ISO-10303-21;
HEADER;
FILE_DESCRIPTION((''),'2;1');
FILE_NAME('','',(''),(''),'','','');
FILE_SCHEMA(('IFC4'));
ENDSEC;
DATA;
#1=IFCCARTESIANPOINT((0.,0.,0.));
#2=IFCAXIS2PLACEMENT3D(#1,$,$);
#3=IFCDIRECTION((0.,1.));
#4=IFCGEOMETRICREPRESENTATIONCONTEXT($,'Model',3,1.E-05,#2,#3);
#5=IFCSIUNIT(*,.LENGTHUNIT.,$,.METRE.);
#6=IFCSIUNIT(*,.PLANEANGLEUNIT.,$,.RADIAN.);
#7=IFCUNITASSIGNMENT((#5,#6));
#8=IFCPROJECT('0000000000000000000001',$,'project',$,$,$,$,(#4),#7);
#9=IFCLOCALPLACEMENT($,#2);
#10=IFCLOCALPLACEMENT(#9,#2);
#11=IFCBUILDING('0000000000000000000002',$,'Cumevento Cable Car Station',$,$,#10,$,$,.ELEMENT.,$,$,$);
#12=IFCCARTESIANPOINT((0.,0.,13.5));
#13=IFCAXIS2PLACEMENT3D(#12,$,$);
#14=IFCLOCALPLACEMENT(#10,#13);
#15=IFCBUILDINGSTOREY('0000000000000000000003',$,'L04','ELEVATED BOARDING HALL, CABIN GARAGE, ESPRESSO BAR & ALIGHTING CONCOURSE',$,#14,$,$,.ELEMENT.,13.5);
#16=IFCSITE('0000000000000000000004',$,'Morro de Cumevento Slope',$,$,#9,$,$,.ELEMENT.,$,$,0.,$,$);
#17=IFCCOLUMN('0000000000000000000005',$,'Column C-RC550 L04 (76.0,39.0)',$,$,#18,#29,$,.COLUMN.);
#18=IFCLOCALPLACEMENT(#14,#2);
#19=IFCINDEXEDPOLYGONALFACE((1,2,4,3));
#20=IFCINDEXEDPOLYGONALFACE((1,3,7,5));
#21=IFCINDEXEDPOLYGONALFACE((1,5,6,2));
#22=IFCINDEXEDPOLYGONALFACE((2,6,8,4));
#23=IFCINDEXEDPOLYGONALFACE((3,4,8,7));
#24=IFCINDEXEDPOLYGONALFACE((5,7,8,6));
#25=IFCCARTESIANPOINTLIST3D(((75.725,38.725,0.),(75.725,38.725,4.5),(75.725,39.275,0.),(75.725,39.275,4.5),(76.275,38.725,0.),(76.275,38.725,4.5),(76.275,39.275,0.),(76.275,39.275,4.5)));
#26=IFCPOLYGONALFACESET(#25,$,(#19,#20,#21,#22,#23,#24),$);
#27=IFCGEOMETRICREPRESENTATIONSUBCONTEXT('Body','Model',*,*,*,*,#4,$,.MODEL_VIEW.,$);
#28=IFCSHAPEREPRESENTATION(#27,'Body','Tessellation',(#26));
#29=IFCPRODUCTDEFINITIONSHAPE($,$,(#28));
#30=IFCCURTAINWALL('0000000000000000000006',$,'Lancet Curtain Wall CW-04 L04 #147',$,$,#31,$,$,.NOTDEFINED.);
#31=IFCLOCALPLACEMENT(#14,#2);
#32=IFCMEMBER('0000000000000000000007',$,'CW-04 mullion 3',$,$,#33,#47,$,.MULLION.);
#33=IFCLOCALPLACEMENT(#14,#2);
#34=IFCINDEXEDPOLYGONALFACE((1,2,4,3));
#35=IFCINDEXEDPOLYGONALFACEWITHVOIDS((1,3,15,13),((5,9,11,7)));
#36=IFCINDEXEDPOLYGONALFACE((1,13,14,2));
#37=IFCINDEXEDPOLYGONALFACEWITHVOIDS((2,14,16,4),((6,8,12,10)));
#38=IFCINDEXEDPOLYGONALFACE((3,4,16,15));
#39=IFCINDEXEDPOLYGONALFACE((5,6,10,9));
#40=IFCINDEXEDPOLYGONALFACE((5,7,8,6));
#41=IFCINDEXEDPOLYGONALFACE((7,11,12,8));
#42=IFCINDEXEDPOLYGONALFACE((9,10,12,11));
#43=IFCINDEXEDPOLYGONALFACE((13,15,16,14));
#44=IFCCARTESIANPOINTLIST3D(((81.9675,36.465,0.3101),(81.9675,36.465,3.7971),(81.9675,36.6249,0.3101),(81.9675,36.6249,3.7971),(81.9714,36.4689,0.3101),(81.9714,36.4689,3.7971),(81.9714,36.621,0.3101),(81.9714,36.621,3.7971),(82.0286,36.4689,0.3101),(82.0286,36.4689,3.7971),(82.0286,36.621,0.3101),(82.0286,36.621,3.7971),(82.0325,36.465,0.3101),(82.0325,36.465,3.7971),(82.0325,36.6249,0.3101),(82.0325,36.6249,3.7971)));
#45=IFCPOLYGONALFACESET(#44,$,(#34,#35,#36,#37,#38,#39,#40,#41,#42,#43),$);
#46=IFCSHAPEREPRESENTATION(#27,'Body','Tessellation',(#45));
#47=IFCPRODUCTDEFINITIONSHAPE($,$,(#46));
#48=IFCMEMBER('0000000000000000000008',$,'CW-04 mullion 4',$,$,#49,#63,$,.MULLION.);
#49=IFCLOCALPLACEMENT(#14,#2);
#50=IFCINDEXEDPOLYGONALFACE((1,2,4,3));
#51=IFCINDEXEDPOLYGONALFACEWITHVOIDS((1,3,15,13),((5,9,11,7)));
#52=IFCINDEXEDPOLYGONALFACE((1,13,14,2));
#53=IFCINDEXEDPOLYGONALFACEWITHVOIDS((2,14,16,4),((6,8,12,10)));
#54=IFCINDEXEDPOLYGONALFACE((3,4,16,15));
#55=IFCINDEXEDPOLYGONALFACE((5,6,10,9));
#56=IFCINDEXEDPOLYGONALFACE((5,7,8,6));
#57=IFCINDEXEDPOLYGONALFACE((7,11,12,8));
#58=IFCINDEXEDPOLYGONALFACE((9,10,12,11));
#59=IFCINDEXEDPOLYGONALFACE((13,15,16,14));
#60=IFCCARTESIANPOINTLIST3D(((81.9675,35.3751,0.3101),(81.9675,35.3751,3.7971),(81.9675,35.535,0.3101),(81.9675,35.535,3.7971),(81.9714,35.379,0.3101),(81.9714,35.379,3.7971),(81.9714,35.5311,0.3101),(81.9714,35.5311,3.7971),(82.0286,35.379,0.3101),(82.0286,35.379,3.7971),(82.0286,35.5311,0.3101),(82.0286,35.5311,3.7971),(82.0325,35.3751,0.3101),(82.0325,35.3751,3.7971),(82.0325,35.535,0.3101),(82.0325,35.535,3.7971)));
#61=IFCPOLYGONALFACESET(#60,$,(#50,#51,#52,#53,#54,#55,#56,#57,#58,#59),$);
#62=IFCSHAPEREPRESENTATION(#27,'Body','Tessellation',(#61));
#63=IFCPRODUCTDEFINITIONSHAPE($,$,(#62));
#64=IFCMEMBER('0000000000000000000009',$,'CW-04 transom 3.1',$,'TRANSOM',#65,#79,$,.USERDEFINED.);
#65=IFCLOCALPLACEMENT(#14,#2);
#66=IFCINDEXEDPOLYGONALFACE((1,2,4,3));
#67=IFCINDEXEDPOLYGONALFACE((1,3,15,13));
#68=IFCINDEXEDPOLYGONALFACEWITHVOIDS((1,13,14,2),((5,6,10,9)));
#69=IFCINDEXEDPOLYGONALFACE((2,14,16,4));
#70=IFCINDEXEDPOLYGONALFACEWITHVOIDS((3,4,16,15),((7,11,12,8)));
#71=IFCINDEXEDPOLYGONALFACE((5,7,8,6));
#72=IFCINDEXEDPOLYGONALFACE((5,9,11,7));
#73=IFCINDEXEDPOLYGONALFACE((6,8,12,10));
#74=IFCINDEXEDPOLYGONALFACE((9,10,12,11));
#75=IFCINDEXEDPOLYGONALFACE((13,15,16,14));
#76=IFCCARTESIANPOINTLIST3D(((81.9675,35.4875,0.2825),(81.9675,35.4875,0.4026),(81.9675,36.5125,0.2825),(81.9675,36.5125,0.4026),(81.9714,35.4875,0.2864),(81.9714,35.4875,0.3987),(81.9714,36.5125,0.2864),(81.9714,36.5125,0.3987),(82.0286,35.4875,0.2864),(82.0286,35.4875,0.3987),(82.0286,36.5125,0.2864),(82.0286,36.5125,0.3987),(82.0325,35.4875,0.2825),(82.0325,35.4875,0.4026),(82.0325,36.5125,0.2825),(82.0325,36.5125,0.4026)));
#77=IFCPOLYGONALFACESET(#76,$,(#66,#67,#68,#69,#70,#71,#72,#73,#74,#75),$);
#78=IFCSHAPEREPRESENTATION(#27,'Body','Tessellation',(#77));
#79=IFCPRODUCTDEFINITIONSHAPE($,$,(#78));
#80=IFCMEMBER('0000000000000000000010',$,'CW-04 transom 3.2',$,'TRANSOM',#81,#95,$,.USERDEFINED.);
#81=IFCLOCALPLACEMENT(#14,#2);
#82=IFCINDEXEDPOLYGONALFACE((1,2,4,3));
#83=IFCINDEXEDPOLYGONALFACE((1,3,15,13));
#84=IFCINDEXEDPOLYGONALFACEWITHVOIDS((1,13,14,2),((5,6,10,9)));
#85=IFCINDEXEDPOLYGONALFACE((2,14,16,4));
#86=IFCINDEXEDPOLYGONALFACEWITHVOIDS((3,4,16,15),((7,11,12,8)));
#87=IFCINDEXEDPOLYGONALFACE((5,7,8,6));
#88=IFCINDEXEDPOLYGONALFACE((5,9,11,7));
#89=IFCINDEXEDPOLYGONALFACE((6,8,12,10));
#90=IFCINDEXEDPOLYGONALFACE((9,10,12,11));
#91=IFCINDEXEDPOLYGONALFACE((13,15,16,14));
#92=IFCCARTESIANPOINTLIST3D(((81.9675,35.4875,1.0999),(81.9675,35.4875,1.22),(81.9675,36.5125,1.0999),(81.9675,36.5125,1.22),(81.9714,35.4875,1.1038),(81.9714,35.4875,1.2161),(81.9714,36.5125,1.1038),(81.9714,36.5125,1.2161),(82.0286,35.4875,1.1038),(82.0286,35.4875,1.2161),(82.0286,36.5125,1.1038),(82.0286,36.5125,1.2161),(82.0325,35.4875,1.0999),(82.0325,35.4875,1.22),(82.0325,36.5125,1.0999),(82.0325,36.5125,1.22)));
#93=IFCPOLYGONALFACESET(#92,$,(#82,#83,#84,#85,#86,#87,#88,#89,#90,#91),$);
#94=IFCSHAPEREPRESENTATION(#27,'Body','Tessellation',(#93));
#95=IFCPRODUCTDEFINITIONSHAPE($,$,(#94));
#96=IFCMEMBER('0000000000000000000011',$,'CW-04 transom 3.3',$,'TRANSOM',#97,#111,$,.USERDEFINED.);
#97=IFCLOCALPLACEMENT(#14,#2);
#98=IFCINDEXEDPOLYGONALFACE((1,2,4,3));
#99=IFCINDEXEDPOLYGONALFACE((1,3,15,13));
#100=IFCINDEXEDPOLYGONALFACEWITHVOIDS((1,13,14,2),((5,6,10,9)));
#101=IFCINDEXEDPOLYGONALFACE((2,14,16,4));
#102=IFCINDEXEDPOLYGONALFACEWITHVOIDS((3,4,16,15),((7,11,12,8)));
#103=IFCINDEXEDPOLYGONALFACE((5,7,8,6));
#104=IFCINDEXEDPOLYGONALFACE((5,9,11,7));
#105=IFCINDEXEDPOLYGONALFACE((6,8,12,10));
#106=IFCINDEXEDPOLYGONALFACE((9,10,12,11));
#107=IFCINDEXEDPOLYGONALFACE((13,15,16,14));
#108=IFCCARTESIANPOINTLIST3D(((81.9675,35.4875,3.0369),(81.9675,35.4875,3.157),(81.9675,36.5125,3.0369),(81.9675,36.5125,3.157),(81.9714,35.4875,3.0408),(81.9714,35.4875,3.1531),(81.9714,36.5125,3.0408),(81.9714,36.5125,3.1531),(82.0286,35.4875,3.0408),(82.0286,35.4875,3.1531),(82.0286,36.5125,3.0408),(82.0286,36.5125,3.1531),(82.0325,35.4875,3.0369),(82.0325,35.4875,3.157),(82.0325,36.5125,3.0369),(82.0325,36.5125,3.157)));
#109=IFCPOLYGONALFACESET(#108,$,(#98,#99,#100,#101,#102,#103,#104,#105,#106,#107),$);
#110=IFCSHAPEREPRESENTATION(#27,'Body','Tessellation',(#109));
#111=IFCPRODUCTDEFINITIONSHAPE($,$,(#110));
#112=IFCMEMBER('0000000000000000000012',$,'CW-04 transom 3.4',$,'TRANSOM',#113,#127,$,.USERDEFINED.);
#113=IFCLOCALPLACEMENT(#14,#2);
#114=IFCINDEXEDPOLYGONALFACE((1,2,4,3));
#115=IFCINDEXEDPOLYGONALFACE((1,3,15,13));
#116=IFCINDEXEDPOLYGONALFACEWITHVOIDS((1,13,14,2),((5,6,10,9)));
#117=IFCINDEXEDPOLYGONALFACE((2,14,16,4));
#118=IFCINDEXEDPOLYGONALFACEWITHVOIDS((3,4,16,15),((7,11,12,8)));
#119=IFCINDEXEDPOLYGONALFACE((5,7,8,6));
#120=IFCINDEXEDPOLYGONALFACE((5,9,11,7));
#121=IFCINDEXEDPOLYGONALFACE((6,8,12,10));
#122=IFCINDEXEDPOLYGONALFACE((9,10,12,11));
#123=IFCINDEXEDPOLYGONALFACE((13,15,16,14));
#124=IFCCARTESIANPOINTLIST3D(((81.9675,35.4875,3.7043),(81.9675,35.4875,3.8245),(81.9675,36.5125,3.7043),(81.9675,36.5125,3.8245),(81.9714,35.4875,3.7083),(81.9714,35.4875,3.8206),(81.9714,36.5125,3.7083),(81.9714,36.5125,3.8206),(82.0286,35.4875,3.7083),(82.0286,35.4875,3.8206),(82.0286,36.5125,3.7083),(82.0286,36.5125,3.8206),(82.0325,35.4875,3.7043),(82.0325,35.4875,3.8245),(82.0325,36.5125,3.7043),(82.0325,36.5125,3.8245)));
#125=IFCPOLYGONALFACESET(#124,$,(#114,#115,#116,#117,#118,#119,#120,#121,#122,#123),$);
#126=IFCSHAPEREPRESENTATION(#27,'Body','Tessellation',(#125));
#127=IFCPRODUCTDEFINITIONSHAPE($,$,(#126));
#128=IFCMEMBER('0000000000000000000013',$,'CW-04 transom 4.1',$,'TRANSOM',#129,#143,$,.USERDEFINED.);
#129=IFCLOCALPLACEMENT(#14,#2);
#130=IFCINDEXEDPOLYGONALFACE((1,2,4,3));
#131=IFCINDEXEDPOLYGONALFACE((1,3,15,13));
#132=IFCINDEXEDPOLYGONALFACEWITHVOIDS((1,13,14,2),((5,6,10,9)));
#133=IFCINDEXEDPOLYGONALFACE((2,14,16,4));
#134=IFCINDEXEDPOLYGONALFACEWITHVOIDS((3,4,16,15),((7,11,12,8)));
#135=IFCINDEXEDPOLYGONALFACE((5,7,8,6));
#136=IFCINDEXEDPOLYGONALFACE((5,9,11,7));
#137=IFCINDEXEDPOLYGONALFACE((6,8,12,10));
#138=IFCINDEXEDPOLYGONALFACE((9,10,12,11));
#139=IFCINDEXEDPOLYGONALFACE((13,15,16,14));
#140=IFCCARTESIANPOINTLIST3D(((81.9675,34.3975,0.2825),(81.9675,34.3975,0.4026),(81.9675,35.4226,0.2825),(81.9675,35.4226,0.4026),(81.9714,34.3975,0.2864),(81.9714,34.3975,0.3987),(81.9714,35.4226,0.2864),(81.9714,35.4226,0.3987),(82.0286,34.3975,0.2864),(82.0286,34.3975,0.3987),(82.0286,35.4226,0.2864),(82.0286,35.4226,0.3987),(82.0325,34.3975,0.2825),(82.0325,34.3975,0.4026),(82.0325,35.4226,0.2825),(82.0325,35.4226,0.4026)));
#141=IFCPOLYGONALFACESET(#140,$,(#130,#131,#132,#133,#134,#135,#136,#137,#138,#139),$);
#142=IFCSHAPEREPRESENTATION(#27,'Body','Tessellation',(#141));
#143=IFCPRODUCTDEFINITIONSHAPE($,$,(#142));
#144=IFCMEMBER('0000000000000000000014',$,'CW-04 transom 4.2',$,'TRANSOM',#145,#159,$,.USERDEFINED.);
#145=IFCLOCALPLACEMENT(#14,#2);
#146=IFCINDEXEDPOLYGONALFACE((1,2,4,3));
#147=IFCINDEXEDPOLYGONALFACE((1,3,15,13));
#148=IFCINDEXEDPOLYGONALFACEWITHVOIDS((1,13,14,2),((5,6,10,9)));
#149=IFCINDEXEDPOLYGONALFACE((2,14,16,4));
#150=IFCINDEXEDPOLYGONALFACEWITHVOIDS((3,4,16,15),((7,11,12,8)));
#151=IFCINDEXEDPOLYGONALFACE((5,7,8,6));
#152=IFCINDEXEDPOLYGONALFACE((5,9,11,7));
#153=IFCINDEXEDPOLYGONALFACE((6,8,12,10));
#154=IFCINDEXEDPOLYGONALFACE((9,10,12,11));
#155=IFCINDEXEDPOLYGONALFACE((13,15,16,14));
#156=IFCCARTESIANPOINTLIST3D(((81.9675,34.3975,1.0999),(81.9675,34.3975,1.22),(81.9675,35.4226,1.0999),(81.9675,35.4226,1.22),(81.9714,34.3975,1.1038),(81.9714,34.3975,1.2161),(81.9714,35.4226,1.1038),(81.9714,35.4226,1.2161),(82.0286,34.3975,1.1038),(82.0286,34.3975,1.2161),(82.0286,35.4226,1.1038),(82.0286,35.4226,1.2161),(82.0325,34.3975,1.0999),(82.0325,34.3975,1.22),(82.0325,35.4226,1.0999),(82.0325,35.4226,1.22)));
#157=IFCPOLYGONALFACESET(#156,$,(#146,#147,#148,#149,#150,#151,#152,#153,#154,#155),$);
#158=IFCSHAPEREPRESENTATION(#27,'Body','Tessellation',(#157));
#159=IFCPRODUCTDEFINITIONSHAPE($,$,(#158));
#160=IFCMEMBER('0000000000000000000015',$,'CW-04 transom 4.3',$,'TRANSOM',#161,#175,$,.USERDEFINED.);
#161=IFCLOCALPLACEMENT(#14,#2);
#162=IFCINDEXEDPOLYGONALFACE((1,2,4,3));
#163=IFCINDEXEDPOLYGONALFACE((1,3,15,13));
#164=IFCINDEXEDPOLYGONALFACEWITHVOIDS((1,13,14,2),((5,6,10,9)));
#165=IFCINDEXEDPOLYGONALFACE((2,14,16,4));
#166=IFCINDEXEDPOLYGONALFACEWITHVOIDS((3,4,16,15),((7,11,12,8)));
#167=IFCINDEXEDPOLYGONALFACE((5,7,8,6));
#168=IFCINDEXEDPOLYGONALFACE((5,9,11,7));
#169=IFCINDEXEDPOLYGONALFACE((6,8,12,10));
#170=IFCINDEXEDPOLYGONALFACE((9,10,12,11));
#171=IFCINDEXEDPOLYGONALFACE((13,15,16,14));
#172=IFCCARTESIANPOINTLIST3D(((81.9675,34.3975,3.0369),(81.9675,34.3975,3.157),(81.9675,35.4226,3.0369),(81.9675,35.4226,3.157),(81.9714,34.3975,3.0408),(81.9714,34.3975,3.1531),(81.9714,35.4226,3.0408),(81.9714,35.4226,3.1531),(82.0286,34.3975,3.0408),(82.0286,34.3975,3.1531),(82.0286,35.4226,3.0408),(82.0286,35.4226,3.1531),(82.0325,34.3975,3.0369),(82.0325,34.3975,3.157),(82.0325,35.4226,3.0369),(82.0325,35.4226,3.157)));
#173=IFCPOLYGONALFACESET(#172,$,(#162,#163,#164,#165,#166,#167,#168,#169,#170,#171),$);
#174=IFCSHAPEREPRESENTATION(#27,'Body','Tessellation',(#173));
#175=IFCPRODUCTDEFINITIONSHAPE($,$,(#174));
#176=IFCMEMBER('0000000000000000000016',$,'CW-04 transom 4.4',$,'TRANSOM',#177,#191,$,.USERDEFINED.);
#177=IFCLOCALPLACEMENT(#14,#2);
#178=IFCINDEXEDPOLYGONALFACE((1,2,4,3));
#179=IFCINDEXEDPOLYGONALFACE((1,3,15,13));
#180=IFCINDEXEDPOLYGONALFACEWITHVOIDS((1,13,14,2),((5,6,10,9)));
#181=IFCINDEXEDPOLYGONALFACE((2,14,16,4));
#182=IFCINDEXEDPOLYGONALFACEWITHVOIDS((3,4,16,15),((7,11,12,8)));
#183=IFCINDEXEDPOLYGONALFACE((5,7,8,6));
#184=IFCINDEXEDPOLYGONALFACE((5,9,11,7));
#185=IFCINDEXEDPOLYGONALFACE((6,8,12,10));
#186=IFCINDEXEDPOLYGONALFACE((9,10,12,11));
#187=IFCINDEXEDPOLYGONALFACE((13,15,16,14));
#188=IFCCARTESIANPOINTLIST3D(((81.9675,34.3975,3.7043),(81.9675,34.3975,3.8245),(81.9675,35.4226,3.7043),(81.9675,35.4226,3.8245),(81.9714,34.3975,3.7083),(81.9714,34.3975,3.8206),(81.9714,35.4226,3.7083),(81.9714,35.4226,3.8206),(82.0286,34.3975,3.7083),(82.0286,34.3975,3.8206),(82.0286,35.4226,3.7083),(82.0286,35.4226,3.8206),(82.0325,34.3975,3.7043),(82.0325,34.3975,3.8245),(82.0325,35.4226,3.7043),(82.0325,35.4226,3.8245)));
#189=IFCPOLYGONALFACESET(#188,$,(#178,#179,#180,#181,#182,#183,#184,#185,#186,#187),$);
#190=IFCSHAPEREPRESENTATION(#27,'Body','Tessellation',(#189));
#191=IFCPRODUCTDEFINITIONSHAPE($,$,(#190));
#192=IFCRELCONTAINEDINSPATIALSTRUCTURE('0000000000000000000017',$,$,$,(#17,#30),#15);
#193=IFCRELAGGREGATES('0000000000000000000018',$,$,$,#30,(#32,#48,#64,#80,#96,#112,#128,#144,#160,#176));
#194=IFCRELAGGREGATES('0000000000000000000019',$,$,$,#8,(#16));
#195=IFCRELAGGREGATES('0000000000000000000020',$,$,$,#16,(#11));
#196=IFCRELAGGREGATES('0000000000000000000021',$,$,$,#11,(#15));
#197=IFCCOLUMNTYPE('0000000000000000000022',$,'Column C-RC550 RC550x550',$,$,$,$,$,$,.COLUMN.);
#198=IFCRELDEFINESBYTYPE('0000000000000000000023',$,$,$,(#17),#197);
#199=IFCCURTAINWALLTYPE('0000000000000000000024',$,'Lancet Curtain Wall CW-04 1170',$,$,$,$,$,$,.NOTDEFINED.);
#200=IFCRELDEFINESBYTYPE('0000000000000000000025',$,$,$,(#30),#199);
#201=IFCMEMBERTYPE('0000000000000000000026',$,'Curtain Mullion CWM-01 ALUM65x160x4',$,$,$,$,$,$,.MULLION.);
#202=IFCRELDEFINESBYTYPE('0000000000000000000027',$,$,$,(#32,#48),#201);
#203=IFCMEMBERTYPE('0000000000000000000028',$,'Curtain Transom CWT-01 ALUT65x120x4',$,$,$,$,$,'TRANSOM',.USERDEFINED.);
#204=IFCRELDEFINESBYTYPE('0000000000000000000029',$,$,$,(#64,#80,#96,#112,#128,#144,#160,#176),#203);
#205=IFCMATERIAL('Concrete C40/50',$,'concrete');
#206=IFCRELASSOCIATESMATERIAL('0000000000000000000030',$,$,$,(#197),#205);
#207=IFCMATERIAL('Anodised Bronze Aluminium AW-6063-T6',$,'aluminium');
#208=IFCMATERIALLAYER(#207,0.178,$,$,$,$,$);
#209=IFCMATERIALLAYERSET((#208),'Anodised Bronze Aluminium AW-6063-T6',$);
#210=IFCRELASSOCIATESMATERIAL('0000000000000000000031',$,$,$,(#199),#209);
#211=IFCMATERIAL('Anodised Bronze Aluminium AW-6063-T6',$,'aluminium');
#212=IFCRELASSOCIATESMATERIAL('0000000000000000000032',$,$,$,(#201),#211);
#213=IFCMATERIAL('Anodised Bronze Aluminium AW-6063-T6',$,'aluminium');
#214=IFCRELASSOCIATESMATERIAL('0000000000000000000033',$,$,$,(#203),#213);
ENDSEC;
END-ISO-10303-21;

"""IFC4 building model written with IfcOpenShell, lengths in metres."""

from ifc_helpers import new_model, si_unit, direction, frame, origin, origin_2d, place, context, subcontext, project, spatial, rectangle, hollow_rectangle, extrude, material, layer, layer_set, material_profile, profile_set, type_object, element, aggregate, save


model = new_model("IFC4")

# Units and contexts
model_context = context("Model", 3, precision=1e-05, world=origin(), true_north=direction((0.0, 1.0)))
body_context = subcontext(model_context, "Body", "Model", "MODEL_VIEW")
ifc_project = project(units=[si_unit("LENGTHUNIT", "METRE"), si_unit("PLANEANGLEUNIT", "RADIAN")], contexts=[model_context])

# Site, building, storey
site_placement = place(None, origin())
site = spatial("IfcSite", under=ifc_project, at=site_placement, Name="Morro de Cumevento Slope", CompositionType="ELEMENT", RefElevation=0.0)
building_placement = place(site_placement, origin())
building = spatial("IfcBuilding", under=site, at=building_placement, Name="Cumevento Cable Car Station", CompositionType="ELEMENT")
storey_placement = place(building_placement, frame((0.0, 0.0, 13.5)))
storey = spatial("IfcBuildingStorey", under=building, at=storey_placement, Name="L04", Description="ELEVATED BOARDING HALL, CABIN GARAGE, ESPRESSO BAR & ALIGHTING CONCOURSE", CompositionType="ELEMENT", Elevation=13.5)

# Column
ifc_material_1 = material(Name="Concrete C40/50", Category="concrete")
ifc_material_profile_1 = material_profile(ifc_material_1, rectangle(XDim=0.55, YDim=0.55, at=origin_2d()), Name="RC550x550")
ifc_profile_set_1 = profile_set([ifc_material_profile_1], Name="Concrete C40/50")
column_type = type_object("IfcColumnType", Name="Column C-RC550 RC550x550", PredefinedType="COLUMN", material=ifc_profile_set_1)
column_placement = place(storey_placement, frame((76.0, 39.0, 0.0), z_axis=(0.0, 0.0, 1.0), x_axis=(1.0, 0.0, 0.0)))
element("IfcColumn", 1, at=column_placement, inside=storey, type_object=column_type, Name="Column C-RC550 L04 (76.0,39.0)", PredefinedType="COLUMN", context=body_context, shape_type="SweptSolid", body=[
    extrude(rectangle(XDim=0.55, YDim=0.55, at=origin_2d()), origin(), (0.0, 0.0, 1.0), 4.5),
])

# Curtain wall, members
ifc_material_2 = material(Name="Anodised Bronze Aluminium AW-6063-T6", Category="aluminium")
ifc_layer_1 = layer(ifc_material_2, 0.178)
ifc_layer_set_1 = layer_set([ifc_layer_1], Name="Anodised Bronze Aluminium AW-6063-T6")
curtain_wall_type = type_object("IfcCurtainWallType", Name="Lancet Curtain Wall CW-04 1170", PredefinedType="NOTDEFINED", material=ifc_layer_set_1)
curtain_wall_placement = place(storey_placement, origin())
curtain_wall = element("IfcCurtainWall", 2, at=curtain_wall_placement, inside=storey, type_object=curtain_wall_type, Name="Lancet Curtain Wall CW-04 L04 #147", PredefinedType="NOTDEFINED")
ifc_material_3 = material(Name="Anodised Bronze Aluminium AW-6063-T6", Category="aluminium")
ifc_material_profile_2 = material_profile(ifc_material_3, hollow_rectangle(XDim=0.0649, YDim=0.1599, WallThickness=0.0039, at=origin_2d()), Name="ALUM65x160x4")
ifc_profile_set_2 = profile_set([ifc_material_profile_2], Name="Anodised Bronze Aluminium AW-6063-T6")
member_type_1 = type_object("IfcMemberType", Name="Curtain Mullion CWM-01 ALUM65x160x4", PredefinedType="MULLION", material=ifc_profile_set_2)
member_1_placement = place(storey_placement, frame((82.0, 36.5449, 0.3101), z_axis=(0.0, 0.0, 1.0), x_axis=(1.0, 0.0, 0.0)))
member_1 = element("IfcMember", 3, at=member_1_placement, type_object=member_type_1, Name="CW-04 mullion 3", PredefinedType="MULLION", context=body_context, shape_type="SweptSolid", body=[
    extrude(hollow_rectangle(XDim=0.0649, YDim=0.1599, WallThickness=0.0039, at=origin_2d()), origin(), (0.0, 0.0, 1.0), 3.4871),
])
member_2_placement = place(storey_placement, frame((82.0, 35.4551, 0.3101), z_axis=(0.0, 0.0, 1.0), x_axis=(1.0, 0.0, 0.0)))
member_2 = element("IfcMember", 4, at=member_2_placement, type_object=member_type_1, Name="CW-04 mullion 4", PredefinedType="MULLION", context=body_context, shape_type="SweptSolid", body=[
    extrude(hollow_rectangle(XDim=0.0649, YDim=0.1599, WallThickness=0.0039, at=origin_2d()), origin(), (0.0, 0.0, 1.0), 3.4871),
])
ifc_material_4 = material(Name="Anodised Bronze Aluminium AW-6063-T6", Category="aluminium")
ifc_material_profile_3 = material_profile(ifc_material_4, hollow_rectangle(XDim=0.0649, YDim=0.1201, WallThickness=0.0039, at=origin_2d()), Name="ALUT65x120x4")
ifc_profile_set_3 = profile_set([ifc_material_profile_3], Name="Anodised Bronze Aluminium AW-6063-T6")
member_type_2 = type_object("IfcMemberType", Name="Curtain Transom CWT-01 ALUT65x120x4", ElementType="TRANSOM", PredefinedType="USERDEFINED", material=ifc_profile_set_3)
member_3_placement = place(storey_placement, frame((82.0, 36.5125, 0.3425), z_axis=(0.0, -1.0, 0.0), x_axis=(1.0, 0.0, 0.0)))
member_3 = element("IfcMember", 5, at=member_3_placement, type_object=member_type_2, Name="CW-04 transom 3.1", ObjectType="TRANSOM", PredefinedType="USERDEFINED", context=body_context, shape_type="SweptSolid", body=[
    extrude(hollow_rectangle(XDim=0.0649, YDim=0.1201, WallThickness=0.0039, at=origin_2d()), origin(), (0.0, 0.0, 1.0), 1.0249),
])
member_4_placement = place(storey_placement, frame((82.0, 36.5125, 1.1599), z_axis=(0.0, -1.0, 0.0), x_axis=(1.0, 0.0, 0.0)))
member_4 = element("IfcMember", 6, at=member_4_placement, type_object=member_type_2, Name="CW-04 transom 3.2", ObjectType="TRANSOM", PredefinedType="USERDEFINED", context=body_context, shape_type="SweptSolid", body=[
    extrude(hollow_rectangle(XDim=0.0649, YDim=0.1201, WallThickness=0.0039, at=origin_2d()), origin(), (0.0, 0.0, 1.0), 1.0249),
])
member_5_placement = place(storey_placement, frame((82.0, 36.5125, 3.0969), z_axis=(0.0, -1.0, 0.0), x_axis=(1.0, 0.0, 0.0)))
member_5 = element("IfcMember", 7, at=member_5_placement, type_object=member_type_2, Name="CW-04 transom 3.3", ObjectType="TRANSOM", PredefinedType="USERDEFINED", context=body_context, shape_type="SweptSolid", body=[
    extrude(hollow_rectangle(XDim=0.0649, YDim=0.1201, WallThickness=0.0039, at=origin_2d()), origin(), (0.0, 0.0, 1.0), 1.0249),
])
member_6_placement = place(storey_placement, frame((82.0, 36.5125, 3.7644), z_axis=(0.0, -1.0, 0.0), x_axis=(1.0, 0.0, 0.0)))
member_6 = element("IfcMember", 8, at=member_6_placement, type_object=member_type_2, Name="CW-04 transom 3.4", ObjectType="TRANSOM", PredefinedType="USERDEFINED", context=body_context, shape_type="SweptSolid", body=[
    extrude(hollow_rectangle(XDim=0.0649, YDim=0.1201, WallThickness=0.0039, at=origin_2d()), origin(), (0.0, 0.0, 1.0), 1.0249),
])
member_7_placement = place(storey_placement, frame((82.0, 35.4226, 0.3425), z_axis=(0.0, -1.0, 0.0), x_axis=(1.0, 0.0, 0.0)))
member_7 = element("IfcMember", 9, at=member_7_placement, type_object=member_type_2, Name="CW-04 transom 4.1", ObjectType="TRANSOM", PredefinedType="USERDEFINED", context=body_context, shape_type="SweptSolid", body=[
    extrude(hollow_rectangle(XDim=0.0649, YDim=0.1201, WallThickness=0.0039, at=origin_2d()), origin(), (0.0, 0.0, 1.0), 1.0251),
])
member_8_placement = place(storey_placement, frame((82.0, 35.4226, 1.1599), z_axis=(0.0, -1.0, 0.0), x_axis=(1.0, 0.0, 0.0)))
member_8 = element("IfcMember", 10, at=member_8_placement, type_object=member_type_2, Name="CW-04 transom 4.2", ObjectType="TRANSOM", PredefinedType="USERDEFINED", context=body_context, shape_type="SweptSolid", body=[
    extrude(hollow_rectangle(XDim=0.0649, YDim=0.1201, WallThickness=0.0039, at=origin_2d()), origin(), (0.0, 0.0, 1.0), 1.0251),
])
member_9_placement = place(storey_placement, frame((82.0, 35.4226, 3.0969), z_axis=(0.0, -1.0, 0.0), x_axis=(1.0, 0.0, 0.0)))
member_9 = element("IfcMember", 11, at=member_9_placement, type_object=member_type_2, Name="CW-04 transom 4.3", ObjectType="TRANSOM", PredefinedType="USERDEFINED", context=body_context, shape_type="SweptSolid", body=[
    extrude(hollow_rectangle(XDim=0.0649, YDim=0.1201, WallThickness=0.0039, at=origin_2d()), origin(), (0.0, 0.0, 1.0), 1.0251),
])
member_10_placement = place(storey_placement, frame((82.0, 35.4226, 3.7644), z_axis=(0.0, -1.0, 0.0), x_axis=(1.0, 0.0, 0.0)))
member_10 = element("IfcMember", 12, at=member_10_placement, type_object=member_type_2, Name="CW-04 transom 4.4", ObjectType="TRANSOM", PredefinedType="USERDEFINED", context=body_context, shape_type="SweptSolid", body=[
    extrude(hollow_rectangle(XDim=0.0649, YDim=0.1201, WallThickness=0.0039, at=origin_2d()), origin(), (0.0, 0.0, 1.0), 1.0251),
])

aggregate(curtain_wall, [member_1, member_2, member_3, member_4, member_5, member_6, member_7, member_8, member_9, member_10])

save(model, "model.ifc")
